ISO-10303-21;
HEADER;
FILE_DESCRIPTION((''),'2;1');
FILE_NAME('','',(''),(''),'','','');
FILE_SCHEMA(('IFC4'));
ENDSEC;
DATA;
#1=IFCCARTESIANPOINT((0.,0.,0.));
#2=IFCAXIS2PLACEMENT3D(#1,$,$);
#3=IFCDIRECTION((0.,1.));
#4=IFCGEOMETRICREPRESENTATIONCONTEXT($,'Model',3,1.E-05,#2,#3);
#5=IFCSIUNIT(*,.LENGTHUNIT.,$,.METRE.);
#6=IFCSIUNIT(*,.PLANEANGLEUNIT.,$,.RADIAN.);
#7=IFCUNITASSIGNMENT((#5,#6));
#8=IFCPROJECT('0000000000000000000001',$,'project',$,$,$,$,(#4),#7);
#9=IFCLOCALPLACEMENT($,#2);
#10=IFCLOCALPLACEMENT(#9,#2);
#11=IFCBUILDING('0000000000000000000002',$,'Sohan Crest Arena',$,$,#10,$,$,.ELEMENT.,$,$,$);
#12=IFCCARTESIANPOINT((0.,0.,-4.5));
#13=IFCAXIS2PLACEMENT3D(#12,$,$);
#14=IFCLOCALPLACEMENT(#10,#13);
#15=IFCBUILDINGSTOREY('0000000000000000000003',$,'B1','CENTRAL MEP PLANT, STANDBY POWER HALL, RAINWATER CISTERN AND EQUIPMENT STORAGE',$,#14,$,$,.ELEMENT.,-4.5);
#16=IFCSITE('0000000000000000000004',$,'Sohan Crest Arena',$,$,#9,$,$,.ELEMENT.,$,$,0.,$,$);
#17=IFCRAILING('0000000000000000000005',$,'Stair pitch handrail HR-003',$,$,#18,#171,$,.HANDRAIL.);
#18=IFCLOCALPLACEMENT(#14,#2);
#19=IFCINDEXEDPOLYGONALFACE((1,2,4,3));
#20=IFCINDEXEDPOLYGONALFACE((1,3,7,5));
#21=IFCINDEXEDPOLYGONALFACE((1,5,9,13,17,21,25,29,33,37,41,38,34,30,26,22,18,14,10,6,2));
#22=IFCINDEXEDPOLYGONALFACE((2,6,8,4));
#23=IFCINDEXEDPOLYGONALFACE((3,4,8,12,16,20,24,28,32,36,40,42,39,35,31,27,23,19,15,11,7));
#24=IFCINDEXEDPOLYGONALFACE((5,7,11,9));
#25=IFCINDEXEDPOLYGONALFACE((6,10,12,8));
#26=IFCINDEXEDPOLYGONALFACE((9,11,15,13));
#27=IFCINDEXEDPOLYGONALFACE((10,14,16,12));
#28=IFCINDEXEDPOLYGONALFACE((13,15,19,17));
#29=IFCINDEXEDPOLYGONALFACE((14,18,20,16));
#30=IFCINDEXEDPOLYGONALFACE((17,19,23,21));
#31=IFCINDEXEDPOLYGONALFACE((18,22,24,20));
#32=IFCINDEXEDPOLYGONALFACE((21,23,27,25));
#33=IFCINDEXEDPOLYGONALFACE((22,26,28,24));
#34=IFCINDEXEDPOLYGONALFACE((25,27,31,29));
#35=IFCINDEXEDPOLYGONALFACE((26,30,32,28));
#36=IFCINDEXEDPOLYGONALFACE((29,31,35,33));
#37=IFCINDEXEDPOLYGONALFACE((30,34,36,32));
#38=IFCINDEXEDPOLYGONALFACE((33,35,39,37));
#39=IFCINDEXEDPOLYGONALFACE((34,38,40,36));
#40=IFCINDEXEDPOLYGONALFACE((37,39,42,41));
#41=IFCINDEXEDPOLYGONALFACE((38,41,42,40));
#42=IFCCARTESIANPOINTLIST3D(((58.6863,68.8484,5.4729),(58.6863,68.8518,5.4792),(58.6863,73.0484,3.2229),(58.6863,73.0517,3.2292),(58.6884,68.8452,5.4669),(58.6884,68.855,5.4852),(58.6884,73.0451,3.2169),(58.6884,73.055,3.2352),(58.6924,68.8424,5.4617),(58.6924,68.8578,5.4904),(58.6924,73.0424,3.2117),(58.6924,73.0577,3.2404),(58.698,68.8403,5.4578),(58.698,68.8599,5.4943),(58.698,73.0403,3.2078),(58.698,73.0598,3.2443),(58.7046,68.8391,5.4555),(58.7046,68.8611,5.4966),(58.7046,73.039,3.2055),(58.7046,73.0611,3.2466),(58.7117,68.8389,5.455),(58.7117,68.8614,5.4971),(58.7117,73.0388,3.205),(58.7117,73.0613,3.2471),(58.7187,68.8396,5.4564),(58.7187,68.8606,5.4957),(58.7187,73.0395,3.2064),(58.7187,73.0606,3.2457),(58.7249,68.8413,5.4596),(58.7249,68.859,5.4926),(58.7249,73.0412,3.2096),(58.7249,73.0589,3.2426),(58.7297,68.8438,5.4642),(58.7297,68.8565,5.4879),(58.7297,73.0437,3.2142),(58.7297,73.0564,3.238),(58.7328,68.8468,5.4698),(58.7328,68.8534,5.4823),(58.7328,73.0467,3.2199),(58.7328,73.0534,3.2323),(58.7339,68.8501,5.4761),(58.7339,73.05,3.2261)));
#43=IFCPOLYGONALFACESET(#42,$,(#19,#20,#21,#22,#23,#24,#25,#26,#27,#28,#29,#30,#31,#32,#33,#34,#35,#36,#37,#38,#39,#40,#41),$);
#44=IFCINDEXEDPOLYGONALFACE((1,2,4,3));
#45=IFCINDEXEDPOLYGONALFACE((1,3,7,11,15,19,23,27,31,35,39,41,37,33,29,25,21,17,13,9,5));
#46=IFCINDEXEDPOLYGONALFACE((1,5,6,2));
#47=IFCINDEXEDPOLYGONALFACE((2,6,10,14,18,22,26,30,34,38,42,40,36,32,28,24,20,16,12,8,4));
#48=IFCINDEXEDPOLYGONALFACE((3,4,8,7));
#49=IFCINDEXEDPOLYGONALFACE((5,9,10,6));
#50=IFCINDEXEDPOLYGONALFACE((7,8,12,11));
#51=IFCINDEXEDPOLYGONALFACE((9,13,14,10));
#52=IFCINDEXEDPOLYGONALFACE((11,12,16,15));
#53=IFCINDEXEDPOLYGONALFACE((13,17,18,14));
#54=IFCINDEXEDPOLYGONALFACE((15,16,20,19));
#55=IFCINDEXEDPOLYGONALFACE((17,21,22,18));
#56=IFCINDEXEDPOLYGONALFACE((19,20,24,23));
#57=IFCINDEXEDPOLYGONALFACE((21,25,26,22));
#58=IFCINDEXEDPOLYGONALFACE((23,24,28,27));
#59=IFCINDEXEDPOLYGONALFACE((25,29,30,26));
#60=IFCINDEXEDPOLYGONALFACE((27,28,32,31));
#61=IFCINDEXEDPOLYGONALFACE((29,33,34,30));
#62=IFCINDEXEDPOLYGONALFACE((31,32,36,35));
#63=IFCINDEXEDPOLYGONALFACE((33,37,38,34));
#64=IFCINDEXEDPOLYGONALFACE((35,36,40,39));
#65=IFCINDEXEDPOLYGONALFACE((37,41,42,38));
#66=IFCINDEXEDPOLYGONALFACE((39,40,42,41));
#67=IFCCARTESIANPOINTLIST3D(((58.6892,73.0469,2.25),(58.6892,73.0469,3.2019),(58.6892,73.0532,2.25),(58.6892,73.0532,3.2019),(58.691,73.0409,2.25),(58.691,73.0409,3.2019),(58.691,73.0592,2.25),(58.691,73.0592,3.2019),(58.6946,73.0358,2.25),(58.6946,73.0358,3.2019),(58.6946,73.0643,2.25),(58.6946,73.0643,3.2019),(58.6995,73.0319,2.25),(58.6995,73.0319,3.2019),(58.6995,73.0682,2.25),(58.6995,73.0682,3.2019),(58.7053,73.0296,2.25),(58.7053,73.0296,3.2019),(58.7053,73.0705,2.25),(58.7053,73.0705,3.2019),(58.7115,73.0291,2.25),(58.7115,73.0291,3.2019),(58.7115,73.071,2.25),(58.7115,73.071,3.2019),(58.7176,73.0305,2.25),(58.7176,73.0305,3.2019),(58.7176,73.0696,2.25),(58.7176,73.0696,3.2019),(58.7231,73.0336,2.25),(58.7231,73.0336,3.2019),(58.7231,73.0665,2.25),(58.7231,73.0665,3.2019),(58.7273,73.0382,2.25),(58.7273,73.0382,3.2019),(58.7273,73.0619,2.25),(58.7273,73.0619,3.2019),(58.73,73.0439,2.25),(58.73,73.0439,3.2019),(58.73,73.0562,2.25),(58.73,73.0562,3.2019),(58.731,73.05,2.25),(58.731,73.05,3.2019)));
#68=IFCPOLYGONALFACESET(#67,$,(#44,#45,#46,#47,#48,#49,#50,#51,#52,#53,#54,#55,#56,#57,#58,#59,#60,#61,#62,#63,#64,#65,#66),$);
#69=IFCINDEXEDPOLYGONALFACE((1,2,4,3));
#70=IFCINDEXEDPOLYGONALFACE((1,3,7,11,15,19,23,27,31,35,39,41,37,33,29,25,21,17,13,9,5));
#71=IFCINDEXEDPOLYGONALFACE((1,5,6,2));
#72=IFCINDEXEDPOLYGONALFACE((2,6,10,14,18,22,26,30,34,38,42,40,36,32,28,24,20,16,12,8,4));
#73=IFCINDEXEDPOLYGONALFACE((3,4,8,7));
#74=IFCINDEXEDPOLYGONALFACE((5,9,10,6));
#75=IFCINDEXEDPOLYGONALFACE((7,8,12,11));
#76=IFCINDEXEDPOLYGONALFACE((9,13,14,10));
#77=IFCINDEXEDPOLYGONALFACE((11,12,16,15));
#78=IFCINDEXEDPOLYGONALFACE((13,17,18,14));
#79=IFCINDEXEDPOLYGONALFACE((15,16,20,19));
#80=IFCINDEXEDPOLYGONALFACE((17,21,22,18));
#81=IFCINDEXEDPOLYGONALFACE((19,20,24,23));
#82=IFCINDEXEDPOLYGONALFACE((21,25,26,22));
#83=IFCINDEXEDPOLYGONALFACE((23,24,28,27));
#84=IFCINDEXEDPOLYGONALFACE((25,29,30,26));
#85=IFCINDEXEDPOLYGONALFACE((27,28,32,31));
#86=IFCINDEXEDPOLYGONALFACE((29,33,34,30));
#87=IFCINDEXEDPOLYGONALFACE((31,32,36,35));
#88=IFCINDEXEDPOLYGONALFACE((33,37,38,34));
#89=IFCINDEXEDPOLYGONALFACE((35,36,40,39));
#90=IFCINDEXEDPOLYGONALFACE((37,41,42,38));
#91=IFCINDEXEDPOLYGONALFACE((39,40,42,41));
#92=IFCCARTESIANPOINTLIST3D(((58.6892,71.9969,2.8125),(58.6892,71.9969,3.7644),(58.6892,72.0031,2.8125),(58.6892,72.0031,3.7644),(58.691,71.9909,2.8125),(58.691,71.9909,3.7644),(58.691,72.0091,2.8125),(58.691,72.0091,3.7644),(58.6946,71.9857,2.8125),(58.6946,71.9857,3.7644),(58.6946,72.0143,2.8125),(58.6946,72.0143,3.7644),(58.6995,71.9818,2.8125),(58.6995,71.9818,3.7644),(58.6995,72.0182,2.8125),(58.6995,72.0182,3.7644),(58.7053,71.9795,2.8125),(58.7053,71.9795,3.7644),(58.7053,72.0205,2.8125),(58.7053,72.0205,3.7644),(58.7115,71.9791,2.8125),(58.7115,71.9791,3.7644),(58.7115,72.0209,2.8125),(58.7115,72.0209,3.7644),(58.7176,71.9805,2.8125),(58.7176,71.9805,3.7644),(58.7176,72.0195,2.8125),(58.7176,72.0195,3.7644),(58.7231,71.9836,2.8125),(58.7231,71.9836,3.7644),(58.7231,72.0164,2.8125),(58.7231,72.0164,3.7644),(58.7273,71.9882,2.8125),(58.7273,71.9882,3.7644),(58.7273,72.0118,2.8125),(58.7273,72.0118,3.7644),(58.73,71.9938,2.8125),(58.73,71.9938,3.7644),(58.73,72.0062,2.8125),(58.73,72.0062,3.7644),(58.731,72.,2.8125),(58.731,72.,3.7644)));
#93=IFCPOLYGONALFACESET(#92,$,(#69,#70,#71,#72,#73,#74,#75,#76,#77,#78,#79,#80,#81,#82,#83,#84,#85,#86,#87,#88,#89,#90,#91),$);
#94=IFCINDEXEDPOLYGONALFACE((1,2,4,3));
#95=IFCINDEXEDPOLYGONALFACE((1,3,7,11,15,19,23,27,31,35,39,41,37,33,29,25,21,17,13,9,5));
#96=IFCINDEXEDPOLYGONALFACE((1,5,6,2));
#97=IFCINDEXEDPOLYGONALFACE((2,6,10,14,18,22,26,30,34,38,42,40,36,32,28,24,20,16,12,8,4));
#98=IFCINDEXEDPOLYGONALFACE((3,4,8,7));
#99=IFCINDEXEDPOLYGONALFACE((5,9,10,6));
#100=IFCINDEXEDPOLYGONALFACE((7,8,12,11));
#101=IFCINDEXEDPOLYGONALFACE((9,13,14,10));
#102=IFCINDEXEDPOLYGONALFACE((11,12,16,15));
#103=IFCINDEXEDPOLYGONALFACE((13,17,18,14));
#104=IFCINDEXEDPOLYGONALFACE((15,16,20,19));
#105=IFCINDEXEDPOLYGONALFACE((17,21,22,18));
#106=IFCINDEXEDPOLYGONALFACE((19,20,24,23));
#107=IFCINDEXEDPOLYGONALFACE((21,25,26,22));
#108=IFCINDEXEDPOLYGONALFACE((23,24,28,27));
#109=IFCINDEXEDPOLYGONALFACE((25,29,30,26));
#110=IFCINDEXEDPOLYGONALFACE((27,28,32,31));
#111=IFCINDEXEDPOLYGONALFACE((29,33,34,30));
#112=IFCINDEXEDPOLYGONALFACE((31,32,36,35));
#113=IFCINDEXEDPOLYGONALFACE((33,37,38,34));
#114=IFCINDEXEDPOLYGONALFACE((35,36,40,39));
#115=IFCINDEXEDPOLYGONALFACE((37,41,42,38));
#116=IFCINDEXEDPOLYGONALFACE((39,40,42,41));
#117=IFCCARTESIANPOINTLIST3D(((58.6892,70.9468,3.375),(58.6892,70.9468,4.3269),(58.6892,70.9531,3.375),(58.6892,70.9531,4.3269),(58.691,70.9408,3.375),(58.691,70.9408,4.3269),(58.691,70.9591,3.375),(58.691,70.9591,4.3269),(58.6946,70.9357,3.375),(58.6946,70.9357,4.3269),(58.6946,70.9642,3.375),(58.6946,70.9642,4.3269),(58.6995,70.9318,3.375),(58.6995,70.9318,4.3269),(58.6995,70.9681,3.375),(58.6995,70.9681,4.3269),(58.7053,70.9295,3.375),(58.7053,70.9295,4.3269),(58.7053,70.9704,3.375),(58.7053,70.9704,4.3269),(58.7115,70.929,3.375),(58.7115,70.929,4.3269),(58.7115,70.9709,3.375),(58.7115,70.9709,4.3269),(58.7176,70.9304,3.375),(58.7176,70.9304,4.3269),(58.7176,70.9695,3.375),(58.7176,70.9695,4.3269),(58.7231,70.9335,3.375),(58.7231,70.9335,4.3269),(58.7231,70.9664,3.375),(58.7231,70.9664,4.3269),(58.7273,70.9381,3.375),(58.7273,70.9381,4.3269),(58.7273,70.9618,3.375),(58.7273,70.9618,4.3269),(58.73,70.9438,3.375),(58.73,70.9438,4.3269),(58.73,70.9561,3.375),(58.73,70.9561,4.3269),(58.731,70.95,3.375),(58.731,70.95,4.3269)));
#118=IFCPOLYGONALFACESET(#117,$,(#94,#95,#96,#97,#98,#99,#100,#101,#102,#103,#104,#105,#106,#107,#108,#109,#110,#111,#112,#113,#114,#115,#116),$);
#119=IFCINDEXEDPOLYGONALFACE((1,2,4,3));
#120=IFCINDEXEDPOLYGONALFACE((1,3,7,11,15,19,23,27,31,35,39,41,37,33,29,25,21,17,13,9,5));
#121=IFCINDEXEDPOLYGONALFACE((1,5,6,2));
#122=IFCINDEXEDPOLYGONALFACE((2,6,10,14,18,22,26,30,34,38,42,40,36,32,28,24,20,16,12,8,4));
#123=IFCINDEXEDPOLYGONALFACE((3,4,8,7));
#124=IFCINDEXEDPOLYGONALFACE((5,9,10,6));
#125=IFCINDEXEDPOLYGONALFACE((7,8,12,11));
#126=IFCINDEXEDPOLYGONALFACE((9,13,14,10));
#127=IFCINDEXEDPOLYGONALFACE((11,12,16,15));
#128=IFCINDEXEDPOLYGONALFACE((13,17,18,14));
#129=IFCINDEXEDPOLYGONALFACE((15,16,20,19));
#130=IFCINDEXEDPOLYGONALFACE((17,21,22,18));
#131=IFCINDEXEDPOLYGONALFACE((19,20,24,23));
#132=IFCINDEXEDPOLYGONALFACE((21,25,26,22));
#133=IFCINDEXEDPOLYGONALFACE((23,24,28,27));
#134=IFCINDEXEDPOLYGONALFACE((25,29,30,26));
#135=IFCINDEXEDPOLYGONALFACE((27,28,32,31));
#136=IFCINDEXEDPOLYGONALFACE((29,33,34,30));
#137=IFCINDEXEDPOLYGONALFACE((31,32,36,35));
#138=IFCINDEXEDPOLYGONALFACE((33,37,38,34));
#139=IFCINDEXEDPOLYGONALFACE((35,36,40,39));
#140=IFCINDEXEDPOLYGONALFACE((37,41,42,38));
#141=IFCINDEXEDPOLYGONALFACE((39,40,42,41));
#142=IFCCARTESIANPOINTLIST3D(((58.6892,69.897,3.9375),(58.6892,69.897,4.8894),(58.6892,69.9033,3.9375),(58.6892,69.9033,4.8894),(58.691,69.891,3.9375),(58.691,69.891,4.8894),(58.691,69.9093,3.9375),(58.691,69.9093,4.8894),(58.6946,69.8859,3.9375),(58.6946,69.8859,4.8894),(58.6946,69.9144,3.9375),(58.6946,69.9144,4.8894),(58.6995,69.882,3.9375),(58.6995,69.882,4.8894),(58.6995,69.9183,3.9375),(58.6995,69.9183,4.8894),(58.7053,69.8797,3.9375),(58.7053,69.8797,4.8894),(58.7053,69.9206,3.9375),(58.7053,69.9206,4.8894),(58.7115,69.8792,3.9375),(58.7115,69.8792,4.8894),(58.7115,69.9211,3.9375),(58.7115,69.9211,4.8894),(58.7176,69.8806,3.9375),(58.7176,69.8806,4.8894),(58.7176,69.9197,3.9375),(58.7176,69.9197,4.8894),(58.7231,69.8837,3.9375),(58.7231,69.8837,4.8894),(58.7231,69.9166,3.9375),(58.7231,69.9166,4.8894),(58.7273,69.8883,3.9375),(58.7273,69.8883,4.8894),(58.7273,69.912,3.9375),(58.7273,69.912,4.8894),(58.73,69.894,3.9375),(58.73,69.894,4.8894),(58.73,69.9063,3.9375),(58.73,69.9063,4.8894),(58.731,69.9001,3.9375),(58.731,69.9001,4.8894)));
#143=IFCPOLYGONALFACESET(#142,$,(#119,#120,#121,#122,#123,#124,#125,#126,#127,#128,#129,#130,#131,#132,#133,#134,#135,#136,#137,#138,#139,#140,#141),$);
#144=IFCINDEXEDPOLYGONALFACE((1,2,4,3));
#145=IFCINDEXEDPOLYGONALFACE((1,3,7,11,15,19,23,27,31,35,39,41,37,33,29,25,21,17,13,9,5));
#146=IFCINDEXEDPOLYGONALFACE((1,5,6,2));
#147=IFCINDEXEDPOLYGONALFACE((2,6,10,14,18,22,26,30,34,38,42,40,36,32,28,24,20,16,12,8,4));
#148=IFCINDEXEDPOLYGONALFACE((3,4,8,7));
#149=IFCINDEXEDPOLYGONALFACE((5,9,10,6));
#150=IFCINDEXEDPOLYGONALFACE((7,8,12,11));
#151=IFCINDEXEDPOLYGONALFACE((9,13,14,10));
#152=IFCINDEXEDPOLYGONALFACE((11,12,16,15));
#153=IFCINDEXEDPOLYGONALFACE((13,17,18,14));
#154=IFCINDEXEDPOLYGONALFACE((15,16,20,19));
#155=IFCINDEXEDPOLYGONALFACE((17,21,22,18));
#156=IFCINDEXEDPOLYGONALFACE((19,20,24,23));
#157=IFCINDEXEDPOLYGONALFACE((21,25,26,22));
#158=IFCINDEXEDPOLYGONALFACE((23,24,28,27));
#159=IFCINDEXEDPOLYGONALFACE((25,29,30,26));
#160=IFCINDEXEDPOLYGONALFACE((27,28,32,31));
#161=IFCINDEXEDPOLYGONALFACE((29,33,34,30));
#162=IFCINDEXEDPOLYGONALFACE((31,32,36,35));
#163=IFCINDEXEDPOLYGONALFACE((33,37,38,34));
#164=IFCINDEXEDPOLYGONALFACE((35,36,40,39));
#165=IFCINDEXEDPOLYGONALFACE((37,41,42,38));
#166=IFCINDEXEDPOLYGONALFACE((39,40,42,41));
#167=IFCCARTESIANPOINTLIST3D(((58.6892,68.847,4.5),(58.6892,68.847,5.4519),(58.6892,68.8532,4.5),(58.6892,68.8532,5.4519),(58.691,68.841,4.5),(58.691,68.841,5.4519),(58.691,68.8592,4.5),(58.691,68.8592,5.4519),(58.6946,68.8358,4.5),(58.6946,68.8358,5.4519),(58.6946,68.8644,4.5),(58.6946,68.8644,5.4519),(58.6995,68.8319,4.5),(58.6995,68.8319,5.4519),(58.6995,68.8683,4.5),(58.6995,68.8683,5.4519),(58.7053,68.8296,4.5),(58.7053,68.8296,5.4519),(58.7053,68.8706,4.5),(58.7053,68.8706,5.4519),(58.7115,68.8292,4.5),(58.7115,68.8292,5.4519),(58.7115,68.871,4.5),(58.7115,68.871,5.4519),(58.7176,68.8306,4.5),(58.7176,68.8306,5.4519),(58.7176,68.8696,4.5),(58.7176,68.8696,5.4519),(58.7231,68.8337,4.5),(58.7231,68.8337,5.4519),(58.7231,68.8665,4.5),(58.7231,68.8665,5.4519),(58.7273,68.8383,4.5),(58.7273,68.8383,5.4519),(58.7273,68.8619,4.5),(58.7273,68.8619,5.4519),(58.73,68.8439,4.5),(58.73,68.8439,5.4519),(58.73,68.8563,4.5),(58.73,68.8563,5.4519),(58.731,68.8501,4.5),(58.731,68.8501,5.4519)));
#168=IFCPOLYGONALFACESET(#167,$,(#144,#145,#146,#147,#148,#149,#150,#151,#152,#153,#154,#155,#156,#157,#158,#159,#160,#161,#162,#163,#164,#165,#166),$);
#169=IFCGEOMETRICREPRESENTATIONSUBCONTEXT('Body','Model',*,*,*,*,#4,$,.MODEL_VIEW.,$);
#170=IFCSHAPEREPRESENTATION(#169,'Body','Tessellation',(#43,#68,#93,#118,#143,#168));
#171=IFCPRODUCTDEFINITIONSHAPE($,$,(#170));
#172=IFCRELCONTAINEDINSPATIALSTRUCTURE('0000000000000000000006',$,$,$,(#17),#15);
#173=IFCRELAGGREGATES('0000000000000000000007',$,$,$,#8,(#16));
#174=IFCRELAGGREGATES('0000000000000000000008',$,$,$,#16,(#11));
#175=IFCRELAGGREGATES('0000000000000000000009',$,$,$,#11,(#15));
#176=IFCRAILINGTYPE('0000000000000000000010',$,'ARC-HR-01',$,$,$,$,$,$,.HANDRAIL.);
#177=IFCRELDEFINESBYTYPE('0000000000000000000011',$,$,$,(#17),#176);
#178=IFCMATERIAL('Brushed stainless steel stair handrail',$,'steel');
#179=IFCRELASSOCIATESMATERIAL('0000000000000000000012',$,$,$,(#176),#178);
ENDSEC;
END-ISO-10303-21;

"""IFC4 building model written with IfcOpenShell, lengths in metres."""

from ifc_helpers import new_model, si_unit, direction, frame, origin, origin_2d, place, context, subcontext, project, spatial, circle, extrude, material, type_object, element, save


model = new_model("IFC4")

# Units and contexts
model_context = context("Model", 3, precision=1e-05, world=origin(), true_north=direction((0.0, 1.0)))
body_context = subcontext(model_context, "Body", "Model", "MODEL_VIEW")
ifc_project = project(units=[si_unit("LENGTHUNIT", "METRE"), si_unit("PLANEANGLEUNIT", "RADIAN")], contexts=[model_context])

# Site, building, storey
site_placement = place(None, origin())
site = spatial("IfcSite", under=ifc_project, at=site_placement, Name="Sohan Crest Arena", CompositionType="ELEMENT", RefElevation=0.0)
building_placement = place(site_placement, origin())
building = spatial("IfcBuilding", under=site, at=building_placement, Name="Sohan Crest Arena", CompositionType="ELEMENT")
storey_placement = place(building_placement, frame((0.0, 0.0, -4.5)))
storey = spatial("IfcBuildingStorey", under=building, at=storey_placement, Name="B1", Description="CENTRAL MEP PLANT, STANDBY POWER HALL, RAINWATER CISTERN AND EQUIPMENT STORAGE", CompositionType="ELEMENT", Elevation=-4.5)

# Railing
ifc_material_1 = material(Name="Brushed stainless steel stair handrail", Category="steel")
railing_type_1 = type_object("IfcRailingType", Name="ARC-HR-01", PredefinedType="HANDRAIL", material=ifc_material_1)
for number, where, name in (
    (1, (58.71, 73.05, 2.25), "Stair pitch handrail HR-003"),
):
    element("IfcRailing", number, at=place(storey_placement, frame(where)), inside=storey, type_object=railing_type_1, Name=name, PredefinedType="HANDRAIL", context=body_context, shape_type="SweptSolid", body=[
        extrude(circle(Radius=0.0239, at=origin_2d()), frame((0.0, 0.0, 0.9761), z_axis=(0.0, -0.881478, 0.472226), x_axis=(1.0, 0.0, 0.0)), (0.0, 0.0, 1.0), 4.7646),
        extrude(circle(Radius=0.021, at=origin_2d()), origin(), (0.0, 0.0, 1.0), 0.9519),
        extrude(circle(Radius=0.021, at=origin_2d()), frame((0.0, -1.05, 0.5625)), (0.0, 0.0, 1.0), 0.9519),
        extrude(circle(Radius=0.021, at=origin_2d()), frame((0.0, -2.1001, 1.125)), (0.0, 0.0, 1.0), 0.9519),
        extrude(circle(Radius=0.021, at=origin_2d()), frame((0.0, -3.1499, 1.6875)), (0.0, 0.0, 1.0), 0.9519),
        extrude(circle(Radius=0.021, at=origin_2d()), frame((0.0, -4.2, 2.25)), (0.0, 0.0, 1.0), 0.9519),
    ])

save(model, "model.ifc")
